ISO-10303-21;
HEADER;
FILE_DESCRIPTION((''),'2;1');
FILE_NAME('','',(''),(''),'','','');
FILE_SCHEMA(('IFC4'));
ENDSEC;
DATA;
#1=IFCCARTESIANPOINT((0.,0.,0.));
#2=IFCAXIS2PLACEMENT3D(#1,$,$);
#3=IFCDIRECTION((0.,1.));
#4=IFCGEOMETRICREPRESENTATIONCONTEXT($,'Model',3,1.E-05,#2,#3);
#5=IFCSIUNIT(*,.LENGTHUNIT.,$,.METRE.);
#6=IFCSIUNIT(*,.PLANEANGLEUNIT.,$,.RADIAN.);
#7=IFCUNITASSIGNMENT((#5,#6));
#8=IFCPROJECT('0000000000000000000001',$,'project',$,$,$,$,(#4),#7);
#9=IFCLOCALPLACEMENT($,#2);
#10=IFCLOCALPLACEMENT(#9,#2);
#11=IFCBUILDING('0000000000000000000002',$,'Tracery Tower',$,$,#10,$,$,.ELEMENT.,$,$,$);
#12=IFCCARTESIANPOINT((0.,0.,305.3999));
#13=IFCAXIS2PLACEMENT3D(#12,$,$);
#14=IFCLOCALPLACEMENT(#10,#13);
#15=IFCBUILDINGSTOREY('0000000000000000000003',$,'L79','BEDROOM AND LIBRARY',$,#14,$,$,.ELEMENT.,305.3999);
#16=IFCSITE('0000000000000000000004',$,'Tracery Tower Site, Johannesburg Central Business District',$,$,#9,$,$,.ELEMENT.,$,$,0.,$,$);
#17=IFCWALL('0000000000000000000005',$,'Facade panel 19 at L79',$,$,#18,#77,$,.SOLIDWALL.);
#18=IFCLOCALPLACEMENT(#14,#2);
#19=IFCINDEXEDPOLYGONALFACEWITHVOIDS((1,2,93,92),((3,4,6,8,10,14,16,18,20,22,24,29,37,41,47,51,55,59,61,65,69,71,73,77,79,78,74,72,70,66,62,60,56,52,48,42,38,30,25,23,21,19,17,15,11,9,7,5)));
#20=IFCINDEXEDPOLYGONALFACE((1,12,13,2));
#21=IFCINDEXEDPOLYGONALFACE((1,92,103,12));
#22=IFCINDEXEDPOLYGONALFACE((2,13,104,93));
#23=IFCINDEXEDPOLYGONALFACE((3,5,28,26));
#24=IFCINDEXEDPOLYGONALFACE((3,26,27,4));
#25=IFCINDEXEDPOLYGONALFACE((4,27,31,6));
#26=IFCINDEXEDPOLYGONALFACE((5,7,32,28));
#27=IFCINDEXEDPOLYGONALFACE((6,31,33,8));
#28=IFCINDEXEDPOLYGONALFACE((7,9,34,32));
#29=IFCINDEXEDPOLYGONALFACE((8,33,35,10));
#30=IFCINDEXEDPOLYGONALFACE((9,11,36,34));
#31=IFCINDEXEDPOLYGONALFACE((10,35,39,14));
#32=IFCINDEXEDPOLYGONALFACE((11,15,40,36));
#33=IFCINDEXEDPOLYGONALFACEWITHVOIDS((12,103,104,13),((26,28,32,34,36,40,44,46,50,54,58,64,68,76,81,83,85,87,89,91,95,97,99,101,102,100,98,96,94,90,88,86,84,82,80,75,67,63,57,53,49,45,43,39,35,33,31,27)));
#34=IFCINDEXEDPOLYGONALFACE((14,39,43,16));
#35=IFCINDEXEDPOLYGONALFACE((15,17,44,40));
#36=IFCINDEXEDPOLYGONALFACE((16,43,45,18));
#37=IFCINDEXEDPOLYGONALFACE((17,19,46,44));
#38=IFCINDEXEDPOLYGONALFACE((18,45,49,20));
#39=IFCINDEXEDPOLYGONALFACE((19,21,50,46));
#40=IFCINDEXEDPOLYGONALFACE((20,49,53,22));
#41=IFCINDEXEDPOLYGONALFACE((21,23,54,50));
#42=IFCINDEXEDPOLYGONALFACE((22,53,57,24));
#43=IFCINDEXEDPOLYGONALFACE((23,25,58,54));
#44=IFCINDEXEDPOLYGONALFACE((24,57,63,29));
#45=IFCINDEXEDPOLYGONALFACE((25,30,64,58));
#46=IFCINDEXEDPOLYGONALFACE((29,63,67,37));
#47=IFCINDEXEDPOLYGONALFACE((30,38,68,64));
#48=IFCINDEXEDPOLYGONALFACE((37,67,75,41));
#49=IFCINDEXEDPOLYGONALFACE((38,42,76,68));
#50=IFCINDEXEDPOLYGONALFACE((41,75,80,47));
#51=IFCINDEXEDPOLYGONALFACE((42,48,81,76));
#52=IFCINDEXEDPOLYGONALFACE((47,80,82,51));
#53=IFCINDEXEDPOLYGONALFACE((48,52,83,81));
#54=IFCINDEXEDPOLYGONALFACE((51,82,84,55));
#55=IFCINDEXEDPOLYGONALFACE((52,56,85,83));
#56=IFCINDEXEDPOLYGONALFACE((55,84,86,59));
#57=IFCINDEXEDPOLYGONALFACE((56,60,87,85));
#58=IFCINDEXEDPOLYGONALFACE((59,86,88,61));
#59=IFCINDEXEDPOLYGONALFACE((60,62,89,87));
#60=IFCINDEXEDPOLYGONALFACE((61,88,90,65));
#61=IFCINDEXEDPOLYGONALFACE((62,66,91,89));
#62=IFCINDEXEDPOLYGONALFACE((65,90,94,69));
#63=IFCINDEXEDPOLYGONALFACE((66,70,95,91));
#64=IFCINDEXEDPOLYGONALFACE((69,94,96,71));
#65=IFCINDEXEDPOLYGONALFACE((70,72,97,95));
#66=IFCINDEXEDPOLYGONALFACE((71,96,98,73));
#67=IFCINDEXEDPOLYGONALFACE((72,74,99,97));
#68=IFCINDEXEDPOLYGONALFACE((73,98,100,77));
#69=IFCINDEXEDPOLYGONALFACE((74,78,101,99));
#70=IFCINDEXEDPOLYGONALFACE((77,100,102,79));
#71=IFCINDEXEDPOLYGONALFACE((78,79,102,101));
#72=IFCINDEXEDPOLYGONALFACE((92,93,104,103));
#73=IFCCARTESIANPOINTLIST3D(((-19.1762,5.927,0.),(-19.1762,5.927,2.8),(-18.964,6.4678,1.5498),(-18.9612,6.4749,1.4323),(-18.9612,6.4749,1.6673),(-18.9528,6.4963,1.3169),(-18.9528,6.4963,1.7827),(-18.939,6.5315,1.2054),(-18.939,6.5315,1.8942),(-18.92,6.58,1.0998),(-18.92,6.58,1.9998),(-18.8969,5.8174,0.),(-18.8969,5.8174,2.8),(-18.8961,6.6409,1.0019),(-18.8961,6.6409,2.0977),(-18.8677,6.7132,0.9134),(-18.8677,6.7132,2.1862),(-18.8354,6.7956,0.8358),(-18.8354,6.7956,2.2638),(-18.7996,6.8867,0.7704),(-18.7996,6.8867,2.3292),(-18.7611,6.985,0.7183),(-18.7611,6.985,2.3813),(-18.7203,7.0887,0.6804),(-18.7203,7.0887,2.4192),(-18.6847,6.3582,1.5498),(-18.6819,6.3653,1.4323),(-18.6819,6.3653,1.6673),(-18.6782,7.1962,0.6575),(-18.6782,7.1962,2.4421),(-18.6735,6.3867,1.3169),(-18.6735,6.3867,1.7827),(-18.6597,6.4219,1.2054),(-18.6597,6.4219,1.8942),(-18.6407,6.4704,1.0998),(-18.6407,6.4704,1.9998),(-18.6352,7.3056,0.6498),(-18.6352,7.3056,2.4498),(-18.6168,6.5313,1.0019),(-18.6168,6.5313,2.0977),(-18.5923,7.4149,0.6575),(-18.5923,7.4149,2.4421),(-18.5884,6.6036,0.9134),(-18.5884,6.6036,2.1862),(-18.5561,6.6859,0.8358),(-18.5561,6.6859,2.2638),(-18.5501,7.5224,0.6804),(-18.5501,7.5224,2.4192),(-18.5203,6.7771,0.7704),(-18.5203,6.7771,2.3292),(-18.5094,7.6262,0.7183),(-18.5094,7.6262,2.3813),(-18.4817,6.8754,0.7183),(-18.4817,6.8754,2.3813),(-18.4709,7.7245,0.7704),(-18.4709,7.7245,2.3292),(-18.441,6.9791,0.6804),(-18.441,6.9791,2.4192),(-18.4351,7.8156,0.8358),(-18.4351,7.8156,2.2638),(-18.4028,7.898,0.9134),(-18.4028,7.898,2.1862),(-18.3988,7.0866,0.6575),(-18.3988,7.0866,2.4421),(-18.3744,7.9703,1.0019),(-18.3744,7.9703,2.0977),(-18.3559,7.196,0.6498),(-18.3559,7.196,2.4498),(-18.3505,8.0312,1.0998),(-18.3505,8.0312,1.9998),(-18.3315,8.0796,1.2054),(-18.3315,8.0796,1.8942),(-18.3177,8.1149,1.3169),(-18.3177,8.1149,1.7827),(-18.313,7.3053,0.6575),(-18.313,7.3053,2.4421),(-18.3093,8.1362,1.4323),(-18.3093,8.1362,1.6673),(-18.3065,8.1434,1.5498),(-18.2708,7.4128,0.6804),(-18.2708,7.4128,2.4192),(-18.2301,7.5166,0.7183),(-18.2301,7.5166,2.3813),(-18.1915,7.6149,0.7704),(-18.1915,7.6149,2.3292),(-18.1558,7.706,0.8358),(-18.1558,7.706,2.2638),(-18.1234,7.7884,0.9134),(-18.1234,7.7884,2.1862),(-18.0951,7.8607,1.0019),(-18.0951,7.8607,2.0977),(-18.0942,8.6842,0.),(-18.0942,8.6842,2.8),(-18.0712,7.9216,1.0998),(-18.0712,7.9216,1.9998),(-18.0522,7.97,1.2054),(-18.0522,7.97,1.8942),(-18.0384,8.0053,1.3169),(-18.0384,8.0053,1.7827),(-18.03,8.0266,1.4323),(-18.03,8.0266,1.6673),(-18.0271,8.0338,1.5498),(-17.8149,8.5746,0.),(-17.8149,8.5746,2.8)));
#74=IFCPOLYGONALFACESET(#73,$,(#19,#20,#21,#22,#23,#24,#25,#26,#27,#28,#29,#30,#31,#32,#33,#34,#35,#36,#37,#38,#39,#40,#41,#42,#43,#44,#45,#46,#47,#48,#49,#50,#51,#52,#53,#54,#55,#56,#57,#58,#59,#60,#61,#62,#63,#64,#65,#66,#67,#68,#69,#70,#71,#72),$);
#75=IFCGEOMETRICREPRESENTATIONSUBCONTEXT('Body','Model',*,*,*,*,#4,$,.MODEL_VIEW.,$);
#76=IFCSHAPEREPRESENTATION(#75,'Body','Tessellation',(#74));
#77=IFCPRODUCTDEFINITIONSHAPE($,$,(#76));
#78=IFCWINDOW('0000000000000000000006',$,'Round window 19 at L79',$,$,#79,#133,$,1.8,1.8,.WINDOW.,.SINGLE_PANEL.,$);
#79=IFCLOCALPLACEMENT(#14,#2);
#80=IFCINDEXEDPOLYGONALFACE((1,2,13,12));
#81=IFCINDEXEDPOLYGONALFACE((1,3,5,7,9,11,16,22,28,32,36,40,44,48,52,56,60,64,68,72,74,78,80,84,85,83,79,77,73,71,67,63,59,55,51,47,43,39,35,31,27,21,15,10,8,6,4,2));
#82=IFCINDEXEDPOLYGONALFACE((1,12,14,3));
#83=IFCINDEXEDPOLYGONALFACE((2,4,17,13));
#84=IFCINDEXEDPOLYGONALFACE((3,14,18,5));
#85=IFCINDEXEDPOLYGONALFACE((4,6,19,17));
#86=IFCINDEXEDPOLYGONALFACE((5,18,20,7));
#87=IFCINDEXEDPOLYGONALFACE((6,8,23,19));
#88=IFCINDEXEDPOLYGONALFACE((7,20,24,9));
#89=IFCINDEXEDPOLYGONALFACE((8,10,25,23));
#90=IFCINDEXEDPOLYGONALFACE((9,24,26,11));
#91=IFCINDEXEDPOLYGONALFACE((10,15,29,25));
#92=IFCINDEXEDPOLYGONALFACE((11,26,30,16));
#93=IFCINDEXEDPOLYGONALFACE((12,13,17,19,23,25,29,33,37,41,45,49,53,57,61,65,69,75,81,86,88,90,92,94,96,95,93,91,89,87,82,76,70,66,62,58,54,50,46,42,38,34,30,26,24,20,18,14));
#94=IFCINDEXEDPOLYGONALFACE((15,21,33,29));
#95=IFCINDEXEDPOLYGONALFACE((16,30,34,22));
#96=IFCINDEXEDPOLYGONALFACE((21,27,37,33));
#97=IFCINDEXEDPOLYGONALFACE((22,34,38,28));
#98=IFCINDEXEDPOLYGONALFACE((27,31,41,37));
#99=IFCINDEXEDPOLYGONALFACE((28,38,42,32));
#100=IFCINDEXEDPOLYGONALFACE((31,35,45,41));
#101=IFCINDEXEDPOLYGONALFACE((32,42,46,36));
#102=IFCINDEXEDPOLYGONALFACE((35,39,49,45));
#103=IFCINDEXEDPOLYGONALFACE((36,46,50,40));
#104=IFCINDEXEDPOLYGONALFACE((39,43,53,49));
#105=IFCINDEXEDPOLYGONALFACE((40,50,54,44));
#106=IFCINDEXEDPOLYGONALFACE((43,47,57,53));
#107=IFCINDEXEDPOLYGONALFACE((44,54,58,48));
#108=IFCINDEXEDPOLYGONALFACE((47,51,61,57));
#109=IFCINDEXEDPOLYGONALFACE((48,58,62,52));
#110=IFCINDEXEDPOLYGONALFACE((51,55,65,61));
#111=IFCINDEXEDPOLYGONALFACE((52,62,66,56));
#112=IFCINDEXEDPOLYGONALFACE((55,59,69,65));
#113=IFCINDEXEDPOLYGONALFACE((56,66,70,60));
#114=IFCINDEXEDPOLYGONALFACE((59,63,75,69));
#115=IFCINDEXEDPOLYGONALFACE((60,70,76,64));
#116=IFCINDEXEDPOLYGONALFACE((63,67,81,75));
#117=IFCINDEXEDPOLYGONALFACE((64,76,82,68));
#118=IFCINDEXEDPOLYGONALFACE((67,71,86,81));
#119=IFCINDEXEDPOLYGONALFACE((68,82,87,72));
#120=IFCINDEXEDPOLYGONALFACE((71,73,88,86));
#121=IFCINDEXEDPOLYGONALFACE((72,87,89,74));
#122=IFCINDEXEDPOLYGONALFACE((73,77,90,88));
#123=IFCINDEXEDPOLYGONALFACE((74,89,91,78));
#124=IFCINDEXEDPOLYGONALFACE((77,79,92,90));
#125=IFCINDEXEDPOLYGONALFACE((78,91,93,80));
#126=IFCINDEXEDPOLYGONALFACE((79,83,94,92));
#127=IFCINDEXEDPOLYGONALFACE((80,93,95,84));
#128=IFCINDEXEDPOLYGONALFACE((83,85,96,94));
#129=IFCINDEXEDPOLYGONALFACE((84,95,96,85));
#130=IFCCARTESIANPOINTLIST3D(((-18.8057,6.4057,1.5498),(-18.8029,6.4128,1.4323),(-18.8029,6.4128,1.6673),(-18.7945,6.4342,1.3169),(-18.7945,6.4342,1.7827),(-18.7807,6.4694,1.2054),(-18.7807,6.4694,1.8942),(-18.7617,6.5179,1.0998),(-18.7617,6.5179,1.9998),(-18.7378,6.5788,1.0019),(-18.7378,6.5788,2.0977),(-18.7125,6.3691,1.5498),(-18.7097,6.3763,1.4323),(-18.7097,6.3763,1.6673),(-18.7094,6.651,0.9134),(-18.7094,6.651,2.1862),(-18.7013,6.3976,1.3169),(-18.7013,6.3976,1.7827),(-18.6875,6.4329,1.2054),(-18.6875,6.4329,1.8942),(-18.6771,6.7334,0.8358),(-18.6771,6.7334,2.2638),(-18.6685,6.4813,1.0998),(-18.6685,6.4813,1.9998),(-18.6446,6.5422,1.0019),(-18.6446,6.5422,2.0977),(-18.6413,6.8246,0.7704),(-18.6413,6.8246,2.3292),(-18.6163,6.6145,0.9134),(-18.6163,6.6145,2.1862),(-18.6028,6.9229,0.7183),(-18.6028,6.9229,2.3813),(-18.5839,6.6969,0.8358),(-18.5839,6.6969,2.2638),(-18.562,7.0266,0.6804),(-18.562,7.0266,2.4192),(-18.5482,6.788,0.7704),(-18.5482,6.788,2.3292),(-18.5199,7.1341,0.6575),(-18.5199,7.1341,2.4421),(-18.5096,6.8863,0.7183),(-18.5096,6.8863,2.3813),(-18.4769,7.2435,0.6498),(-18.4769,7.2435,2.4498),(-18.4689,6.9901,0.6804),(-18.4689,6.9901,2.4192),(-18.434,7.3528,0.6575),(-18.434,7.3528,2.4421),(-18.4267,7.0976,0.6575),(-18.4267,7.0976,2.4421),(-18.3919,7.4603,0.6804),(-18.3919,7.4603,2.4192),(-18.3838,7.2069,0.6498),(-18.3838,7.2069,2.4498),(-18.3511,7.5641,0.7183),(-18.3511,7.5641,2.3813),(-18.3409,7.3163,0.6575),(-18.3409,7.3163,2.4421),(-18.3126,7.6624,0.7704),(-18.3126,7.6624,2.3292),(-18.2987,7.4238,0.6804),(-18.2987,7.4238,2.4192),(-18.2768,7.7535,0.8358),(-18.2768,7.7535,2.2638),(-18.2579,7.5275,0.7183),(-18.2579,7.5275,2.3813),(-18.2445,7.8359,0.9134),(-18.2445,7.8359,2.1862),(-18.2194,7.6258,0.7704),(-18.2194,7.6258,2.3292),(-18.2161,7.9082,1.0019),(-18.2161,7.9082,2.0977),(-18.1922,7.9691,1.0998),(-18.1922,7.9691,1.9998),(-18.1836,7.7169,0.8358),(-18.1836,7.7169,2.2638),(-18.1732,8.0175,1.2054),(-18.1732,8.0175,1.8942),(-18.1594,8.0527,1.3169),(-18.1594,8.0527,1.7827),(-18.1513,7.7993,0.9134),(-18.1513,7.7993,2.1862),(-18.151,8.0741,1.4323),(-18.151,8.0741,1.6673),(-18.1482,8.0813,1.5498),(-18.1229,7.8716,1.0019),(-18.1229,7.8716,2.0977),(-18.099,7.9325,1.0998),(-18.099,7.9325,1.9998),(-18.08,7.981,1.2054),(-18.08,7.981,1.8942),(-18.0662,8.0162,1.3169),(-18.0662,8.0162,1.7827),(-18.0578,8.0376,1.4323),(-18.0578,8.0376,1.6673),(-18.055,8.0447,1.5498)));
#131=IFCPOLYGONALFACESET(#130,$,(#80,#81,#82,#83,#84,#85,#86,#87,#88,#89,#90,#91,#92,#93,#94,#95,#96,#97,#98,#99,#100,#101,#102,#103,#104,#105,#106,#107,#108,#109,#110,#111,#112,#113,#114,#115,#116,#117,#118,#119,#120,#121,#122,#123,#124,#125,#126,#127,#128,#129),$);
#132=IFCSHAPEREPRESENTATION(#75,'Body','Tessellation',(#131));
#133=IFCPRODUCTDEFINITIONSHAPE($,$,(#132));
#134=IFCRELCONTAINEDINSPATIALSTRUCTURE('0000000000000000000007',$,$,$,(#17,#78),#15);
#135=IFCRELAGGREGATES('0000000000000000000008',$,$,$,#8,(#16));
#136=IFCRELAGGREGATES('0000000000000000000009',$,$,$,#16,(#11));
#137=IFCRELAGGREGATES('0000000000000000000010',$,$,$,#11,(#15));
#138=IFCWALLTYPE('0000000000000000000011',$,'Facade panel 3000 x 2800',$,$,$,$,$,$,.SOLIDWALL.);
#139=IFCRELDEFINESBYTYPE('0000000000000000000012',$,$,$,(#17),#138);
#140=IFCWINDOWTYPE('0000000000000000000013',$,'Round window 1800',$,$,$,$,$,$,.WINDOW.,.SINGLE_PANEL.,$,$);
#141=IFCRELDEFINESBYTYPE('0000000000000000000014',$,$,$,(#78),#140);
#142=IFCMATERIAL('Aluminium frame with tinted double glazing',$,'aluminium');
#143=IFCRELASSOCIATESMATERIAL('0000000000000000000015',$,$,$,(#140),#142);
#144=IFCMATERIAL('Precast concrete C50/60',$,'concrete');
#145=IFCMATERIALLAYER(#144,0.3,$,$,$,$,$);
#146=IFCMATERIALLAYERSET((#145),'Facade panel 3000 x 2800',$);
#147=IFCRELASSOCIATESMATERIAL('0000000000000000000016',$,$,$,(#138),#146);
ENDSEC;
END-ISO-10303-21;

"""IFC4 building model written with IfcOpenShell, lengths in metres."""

from ifc_helpers import new_model, si_unit, direction, frame, frame_2d, origin, origin_2d, place, context, subcontext, project, spatial, rectangle, circle, extrude, material, layer, layer_set, type_object, element, fill, save


model = new_model("IFC4")

# Units and contexts
model_context = context("Model", 3, precision=1e-05, world=origin(), true_north=direction((0.0, 1.0)))
body_context = subcontext(model_context, "Body", "Model", "MODEL_VIEW")
ifc_project = project(units=[si_unit("LENGTHUNIT", "METRE"), si_unit("PLANEANGLEUNIT", "RADIAN")], contexts=[model_context])

# Site, building, storey
site_placement = place(None, origin())
site = spatial("IfcSite", under=ifc_project, at=site_placement, Name="Tracery Tower Site, Johannesburg Central Business District", CompositionType="ELEMENT", RefElevation=0.0)
building_placement = place(site_placement, origin())
building = spatial("IfcBuilding", under=site, at=building_placement, Name="Tracery Tower", CompositionType="ELEMENT")
storey_placement = place(building_placement, frame((0.0, 0.0, 305.3999)))
storey = spatial("IfcBuildingStorey", under=building, at=storey_placement, Name="L79", Description="BEDROOM AND LIBRARY", CompositionType="ELEMENT", Elevation=305.3999)

# Wall, opening, window
ifc_material_1 = material(Name="Aluminium frame with tinted double glazing", Category="aluminium")
window_type = type_object("IfcWindowType", Name="Round window 1800", PartitioningType="SINGLE_PANEL", PredefinedType="WINDOW", material=ifc_material_1)
ifc_material_2 = material(Name="Precast concrete C50/60", Category="concrete")
ifc_layer_1 = layer(ifc_material_2, 0.3)
ifc_layer_set_1 = layer_set([ifc_layer_1], Name="Facade panel 3000 x 2800")
wall_type_1 = type_object("IfcWallType", Name="Facade panel 3000 x 2800", PredefinedType="SOLIDWALL", material=ifc_layer_set_1)
wall_1_placement = place(storey_placement, frame((-17.9546, 8.6294, 0.0), z_axis=(0.0, 0.0, 1.0), x_axis=(-0.3653, -0.93089, 0.0)))
wall_1 = element("IfcWall", 1, at=wall_1_placement, inside=storey, type_object=wall_type_1, Name="Facade panel 19 at L79", PredefinedType="SOLIDWALL", context=body_context, shape_type="SweptSolid", body=[
    extrude(rectangle(XDim=2.9619, YDim=0.3, at=frame_2d((1.481, 0.0))), origin(), (0.0, 0.0, 1.0), 2.8),
])
opening_1_placement = place(wall_1_placement, frame((1.481, 0.0, 1.5498)))
opening_1 = element("IfcOpeningElement", 2, at=opening_1_placement, cuts=wall_1, PredefinedType="OPENING", context=body_context, shape_type="SweptSolid", body=[
    extrude(circle(Radius=0.9, at=origin_2d()), frame((0.0, 0.1599, 0.0), z_axis=(0.0, -1.0, 0.0), x_axis=(1.0, 0.0, 0.0)), (0.0, 0.0, 1.0), 0.3201),
])
window_1_placement = place(opening_1_placement, origin())
window_1 = element("IfcWindow", 3, at=window_1_placement, inside=storey, type_object=window_type, Name="Round window 19 at L79", OverallHeight=1.8, OverallWidth=1.8, PartitioningType="SINGLE_PANEL", PredefinedType="WINDOW", context=body_context, shape_type="SweptSolid", body=[
    extrude(circle(Radius=0.9, at=origin_2d()), frame((0.0, 0.1201, 0.0), z_axis=(0.0, -1.0, 0.0), x_axis=(1.0, 0.0, 0.0)), (0.0, 0.0, 1.0), 0.1001),
])
fill(opening_1, window_1)

save(model, "model.ifc")
